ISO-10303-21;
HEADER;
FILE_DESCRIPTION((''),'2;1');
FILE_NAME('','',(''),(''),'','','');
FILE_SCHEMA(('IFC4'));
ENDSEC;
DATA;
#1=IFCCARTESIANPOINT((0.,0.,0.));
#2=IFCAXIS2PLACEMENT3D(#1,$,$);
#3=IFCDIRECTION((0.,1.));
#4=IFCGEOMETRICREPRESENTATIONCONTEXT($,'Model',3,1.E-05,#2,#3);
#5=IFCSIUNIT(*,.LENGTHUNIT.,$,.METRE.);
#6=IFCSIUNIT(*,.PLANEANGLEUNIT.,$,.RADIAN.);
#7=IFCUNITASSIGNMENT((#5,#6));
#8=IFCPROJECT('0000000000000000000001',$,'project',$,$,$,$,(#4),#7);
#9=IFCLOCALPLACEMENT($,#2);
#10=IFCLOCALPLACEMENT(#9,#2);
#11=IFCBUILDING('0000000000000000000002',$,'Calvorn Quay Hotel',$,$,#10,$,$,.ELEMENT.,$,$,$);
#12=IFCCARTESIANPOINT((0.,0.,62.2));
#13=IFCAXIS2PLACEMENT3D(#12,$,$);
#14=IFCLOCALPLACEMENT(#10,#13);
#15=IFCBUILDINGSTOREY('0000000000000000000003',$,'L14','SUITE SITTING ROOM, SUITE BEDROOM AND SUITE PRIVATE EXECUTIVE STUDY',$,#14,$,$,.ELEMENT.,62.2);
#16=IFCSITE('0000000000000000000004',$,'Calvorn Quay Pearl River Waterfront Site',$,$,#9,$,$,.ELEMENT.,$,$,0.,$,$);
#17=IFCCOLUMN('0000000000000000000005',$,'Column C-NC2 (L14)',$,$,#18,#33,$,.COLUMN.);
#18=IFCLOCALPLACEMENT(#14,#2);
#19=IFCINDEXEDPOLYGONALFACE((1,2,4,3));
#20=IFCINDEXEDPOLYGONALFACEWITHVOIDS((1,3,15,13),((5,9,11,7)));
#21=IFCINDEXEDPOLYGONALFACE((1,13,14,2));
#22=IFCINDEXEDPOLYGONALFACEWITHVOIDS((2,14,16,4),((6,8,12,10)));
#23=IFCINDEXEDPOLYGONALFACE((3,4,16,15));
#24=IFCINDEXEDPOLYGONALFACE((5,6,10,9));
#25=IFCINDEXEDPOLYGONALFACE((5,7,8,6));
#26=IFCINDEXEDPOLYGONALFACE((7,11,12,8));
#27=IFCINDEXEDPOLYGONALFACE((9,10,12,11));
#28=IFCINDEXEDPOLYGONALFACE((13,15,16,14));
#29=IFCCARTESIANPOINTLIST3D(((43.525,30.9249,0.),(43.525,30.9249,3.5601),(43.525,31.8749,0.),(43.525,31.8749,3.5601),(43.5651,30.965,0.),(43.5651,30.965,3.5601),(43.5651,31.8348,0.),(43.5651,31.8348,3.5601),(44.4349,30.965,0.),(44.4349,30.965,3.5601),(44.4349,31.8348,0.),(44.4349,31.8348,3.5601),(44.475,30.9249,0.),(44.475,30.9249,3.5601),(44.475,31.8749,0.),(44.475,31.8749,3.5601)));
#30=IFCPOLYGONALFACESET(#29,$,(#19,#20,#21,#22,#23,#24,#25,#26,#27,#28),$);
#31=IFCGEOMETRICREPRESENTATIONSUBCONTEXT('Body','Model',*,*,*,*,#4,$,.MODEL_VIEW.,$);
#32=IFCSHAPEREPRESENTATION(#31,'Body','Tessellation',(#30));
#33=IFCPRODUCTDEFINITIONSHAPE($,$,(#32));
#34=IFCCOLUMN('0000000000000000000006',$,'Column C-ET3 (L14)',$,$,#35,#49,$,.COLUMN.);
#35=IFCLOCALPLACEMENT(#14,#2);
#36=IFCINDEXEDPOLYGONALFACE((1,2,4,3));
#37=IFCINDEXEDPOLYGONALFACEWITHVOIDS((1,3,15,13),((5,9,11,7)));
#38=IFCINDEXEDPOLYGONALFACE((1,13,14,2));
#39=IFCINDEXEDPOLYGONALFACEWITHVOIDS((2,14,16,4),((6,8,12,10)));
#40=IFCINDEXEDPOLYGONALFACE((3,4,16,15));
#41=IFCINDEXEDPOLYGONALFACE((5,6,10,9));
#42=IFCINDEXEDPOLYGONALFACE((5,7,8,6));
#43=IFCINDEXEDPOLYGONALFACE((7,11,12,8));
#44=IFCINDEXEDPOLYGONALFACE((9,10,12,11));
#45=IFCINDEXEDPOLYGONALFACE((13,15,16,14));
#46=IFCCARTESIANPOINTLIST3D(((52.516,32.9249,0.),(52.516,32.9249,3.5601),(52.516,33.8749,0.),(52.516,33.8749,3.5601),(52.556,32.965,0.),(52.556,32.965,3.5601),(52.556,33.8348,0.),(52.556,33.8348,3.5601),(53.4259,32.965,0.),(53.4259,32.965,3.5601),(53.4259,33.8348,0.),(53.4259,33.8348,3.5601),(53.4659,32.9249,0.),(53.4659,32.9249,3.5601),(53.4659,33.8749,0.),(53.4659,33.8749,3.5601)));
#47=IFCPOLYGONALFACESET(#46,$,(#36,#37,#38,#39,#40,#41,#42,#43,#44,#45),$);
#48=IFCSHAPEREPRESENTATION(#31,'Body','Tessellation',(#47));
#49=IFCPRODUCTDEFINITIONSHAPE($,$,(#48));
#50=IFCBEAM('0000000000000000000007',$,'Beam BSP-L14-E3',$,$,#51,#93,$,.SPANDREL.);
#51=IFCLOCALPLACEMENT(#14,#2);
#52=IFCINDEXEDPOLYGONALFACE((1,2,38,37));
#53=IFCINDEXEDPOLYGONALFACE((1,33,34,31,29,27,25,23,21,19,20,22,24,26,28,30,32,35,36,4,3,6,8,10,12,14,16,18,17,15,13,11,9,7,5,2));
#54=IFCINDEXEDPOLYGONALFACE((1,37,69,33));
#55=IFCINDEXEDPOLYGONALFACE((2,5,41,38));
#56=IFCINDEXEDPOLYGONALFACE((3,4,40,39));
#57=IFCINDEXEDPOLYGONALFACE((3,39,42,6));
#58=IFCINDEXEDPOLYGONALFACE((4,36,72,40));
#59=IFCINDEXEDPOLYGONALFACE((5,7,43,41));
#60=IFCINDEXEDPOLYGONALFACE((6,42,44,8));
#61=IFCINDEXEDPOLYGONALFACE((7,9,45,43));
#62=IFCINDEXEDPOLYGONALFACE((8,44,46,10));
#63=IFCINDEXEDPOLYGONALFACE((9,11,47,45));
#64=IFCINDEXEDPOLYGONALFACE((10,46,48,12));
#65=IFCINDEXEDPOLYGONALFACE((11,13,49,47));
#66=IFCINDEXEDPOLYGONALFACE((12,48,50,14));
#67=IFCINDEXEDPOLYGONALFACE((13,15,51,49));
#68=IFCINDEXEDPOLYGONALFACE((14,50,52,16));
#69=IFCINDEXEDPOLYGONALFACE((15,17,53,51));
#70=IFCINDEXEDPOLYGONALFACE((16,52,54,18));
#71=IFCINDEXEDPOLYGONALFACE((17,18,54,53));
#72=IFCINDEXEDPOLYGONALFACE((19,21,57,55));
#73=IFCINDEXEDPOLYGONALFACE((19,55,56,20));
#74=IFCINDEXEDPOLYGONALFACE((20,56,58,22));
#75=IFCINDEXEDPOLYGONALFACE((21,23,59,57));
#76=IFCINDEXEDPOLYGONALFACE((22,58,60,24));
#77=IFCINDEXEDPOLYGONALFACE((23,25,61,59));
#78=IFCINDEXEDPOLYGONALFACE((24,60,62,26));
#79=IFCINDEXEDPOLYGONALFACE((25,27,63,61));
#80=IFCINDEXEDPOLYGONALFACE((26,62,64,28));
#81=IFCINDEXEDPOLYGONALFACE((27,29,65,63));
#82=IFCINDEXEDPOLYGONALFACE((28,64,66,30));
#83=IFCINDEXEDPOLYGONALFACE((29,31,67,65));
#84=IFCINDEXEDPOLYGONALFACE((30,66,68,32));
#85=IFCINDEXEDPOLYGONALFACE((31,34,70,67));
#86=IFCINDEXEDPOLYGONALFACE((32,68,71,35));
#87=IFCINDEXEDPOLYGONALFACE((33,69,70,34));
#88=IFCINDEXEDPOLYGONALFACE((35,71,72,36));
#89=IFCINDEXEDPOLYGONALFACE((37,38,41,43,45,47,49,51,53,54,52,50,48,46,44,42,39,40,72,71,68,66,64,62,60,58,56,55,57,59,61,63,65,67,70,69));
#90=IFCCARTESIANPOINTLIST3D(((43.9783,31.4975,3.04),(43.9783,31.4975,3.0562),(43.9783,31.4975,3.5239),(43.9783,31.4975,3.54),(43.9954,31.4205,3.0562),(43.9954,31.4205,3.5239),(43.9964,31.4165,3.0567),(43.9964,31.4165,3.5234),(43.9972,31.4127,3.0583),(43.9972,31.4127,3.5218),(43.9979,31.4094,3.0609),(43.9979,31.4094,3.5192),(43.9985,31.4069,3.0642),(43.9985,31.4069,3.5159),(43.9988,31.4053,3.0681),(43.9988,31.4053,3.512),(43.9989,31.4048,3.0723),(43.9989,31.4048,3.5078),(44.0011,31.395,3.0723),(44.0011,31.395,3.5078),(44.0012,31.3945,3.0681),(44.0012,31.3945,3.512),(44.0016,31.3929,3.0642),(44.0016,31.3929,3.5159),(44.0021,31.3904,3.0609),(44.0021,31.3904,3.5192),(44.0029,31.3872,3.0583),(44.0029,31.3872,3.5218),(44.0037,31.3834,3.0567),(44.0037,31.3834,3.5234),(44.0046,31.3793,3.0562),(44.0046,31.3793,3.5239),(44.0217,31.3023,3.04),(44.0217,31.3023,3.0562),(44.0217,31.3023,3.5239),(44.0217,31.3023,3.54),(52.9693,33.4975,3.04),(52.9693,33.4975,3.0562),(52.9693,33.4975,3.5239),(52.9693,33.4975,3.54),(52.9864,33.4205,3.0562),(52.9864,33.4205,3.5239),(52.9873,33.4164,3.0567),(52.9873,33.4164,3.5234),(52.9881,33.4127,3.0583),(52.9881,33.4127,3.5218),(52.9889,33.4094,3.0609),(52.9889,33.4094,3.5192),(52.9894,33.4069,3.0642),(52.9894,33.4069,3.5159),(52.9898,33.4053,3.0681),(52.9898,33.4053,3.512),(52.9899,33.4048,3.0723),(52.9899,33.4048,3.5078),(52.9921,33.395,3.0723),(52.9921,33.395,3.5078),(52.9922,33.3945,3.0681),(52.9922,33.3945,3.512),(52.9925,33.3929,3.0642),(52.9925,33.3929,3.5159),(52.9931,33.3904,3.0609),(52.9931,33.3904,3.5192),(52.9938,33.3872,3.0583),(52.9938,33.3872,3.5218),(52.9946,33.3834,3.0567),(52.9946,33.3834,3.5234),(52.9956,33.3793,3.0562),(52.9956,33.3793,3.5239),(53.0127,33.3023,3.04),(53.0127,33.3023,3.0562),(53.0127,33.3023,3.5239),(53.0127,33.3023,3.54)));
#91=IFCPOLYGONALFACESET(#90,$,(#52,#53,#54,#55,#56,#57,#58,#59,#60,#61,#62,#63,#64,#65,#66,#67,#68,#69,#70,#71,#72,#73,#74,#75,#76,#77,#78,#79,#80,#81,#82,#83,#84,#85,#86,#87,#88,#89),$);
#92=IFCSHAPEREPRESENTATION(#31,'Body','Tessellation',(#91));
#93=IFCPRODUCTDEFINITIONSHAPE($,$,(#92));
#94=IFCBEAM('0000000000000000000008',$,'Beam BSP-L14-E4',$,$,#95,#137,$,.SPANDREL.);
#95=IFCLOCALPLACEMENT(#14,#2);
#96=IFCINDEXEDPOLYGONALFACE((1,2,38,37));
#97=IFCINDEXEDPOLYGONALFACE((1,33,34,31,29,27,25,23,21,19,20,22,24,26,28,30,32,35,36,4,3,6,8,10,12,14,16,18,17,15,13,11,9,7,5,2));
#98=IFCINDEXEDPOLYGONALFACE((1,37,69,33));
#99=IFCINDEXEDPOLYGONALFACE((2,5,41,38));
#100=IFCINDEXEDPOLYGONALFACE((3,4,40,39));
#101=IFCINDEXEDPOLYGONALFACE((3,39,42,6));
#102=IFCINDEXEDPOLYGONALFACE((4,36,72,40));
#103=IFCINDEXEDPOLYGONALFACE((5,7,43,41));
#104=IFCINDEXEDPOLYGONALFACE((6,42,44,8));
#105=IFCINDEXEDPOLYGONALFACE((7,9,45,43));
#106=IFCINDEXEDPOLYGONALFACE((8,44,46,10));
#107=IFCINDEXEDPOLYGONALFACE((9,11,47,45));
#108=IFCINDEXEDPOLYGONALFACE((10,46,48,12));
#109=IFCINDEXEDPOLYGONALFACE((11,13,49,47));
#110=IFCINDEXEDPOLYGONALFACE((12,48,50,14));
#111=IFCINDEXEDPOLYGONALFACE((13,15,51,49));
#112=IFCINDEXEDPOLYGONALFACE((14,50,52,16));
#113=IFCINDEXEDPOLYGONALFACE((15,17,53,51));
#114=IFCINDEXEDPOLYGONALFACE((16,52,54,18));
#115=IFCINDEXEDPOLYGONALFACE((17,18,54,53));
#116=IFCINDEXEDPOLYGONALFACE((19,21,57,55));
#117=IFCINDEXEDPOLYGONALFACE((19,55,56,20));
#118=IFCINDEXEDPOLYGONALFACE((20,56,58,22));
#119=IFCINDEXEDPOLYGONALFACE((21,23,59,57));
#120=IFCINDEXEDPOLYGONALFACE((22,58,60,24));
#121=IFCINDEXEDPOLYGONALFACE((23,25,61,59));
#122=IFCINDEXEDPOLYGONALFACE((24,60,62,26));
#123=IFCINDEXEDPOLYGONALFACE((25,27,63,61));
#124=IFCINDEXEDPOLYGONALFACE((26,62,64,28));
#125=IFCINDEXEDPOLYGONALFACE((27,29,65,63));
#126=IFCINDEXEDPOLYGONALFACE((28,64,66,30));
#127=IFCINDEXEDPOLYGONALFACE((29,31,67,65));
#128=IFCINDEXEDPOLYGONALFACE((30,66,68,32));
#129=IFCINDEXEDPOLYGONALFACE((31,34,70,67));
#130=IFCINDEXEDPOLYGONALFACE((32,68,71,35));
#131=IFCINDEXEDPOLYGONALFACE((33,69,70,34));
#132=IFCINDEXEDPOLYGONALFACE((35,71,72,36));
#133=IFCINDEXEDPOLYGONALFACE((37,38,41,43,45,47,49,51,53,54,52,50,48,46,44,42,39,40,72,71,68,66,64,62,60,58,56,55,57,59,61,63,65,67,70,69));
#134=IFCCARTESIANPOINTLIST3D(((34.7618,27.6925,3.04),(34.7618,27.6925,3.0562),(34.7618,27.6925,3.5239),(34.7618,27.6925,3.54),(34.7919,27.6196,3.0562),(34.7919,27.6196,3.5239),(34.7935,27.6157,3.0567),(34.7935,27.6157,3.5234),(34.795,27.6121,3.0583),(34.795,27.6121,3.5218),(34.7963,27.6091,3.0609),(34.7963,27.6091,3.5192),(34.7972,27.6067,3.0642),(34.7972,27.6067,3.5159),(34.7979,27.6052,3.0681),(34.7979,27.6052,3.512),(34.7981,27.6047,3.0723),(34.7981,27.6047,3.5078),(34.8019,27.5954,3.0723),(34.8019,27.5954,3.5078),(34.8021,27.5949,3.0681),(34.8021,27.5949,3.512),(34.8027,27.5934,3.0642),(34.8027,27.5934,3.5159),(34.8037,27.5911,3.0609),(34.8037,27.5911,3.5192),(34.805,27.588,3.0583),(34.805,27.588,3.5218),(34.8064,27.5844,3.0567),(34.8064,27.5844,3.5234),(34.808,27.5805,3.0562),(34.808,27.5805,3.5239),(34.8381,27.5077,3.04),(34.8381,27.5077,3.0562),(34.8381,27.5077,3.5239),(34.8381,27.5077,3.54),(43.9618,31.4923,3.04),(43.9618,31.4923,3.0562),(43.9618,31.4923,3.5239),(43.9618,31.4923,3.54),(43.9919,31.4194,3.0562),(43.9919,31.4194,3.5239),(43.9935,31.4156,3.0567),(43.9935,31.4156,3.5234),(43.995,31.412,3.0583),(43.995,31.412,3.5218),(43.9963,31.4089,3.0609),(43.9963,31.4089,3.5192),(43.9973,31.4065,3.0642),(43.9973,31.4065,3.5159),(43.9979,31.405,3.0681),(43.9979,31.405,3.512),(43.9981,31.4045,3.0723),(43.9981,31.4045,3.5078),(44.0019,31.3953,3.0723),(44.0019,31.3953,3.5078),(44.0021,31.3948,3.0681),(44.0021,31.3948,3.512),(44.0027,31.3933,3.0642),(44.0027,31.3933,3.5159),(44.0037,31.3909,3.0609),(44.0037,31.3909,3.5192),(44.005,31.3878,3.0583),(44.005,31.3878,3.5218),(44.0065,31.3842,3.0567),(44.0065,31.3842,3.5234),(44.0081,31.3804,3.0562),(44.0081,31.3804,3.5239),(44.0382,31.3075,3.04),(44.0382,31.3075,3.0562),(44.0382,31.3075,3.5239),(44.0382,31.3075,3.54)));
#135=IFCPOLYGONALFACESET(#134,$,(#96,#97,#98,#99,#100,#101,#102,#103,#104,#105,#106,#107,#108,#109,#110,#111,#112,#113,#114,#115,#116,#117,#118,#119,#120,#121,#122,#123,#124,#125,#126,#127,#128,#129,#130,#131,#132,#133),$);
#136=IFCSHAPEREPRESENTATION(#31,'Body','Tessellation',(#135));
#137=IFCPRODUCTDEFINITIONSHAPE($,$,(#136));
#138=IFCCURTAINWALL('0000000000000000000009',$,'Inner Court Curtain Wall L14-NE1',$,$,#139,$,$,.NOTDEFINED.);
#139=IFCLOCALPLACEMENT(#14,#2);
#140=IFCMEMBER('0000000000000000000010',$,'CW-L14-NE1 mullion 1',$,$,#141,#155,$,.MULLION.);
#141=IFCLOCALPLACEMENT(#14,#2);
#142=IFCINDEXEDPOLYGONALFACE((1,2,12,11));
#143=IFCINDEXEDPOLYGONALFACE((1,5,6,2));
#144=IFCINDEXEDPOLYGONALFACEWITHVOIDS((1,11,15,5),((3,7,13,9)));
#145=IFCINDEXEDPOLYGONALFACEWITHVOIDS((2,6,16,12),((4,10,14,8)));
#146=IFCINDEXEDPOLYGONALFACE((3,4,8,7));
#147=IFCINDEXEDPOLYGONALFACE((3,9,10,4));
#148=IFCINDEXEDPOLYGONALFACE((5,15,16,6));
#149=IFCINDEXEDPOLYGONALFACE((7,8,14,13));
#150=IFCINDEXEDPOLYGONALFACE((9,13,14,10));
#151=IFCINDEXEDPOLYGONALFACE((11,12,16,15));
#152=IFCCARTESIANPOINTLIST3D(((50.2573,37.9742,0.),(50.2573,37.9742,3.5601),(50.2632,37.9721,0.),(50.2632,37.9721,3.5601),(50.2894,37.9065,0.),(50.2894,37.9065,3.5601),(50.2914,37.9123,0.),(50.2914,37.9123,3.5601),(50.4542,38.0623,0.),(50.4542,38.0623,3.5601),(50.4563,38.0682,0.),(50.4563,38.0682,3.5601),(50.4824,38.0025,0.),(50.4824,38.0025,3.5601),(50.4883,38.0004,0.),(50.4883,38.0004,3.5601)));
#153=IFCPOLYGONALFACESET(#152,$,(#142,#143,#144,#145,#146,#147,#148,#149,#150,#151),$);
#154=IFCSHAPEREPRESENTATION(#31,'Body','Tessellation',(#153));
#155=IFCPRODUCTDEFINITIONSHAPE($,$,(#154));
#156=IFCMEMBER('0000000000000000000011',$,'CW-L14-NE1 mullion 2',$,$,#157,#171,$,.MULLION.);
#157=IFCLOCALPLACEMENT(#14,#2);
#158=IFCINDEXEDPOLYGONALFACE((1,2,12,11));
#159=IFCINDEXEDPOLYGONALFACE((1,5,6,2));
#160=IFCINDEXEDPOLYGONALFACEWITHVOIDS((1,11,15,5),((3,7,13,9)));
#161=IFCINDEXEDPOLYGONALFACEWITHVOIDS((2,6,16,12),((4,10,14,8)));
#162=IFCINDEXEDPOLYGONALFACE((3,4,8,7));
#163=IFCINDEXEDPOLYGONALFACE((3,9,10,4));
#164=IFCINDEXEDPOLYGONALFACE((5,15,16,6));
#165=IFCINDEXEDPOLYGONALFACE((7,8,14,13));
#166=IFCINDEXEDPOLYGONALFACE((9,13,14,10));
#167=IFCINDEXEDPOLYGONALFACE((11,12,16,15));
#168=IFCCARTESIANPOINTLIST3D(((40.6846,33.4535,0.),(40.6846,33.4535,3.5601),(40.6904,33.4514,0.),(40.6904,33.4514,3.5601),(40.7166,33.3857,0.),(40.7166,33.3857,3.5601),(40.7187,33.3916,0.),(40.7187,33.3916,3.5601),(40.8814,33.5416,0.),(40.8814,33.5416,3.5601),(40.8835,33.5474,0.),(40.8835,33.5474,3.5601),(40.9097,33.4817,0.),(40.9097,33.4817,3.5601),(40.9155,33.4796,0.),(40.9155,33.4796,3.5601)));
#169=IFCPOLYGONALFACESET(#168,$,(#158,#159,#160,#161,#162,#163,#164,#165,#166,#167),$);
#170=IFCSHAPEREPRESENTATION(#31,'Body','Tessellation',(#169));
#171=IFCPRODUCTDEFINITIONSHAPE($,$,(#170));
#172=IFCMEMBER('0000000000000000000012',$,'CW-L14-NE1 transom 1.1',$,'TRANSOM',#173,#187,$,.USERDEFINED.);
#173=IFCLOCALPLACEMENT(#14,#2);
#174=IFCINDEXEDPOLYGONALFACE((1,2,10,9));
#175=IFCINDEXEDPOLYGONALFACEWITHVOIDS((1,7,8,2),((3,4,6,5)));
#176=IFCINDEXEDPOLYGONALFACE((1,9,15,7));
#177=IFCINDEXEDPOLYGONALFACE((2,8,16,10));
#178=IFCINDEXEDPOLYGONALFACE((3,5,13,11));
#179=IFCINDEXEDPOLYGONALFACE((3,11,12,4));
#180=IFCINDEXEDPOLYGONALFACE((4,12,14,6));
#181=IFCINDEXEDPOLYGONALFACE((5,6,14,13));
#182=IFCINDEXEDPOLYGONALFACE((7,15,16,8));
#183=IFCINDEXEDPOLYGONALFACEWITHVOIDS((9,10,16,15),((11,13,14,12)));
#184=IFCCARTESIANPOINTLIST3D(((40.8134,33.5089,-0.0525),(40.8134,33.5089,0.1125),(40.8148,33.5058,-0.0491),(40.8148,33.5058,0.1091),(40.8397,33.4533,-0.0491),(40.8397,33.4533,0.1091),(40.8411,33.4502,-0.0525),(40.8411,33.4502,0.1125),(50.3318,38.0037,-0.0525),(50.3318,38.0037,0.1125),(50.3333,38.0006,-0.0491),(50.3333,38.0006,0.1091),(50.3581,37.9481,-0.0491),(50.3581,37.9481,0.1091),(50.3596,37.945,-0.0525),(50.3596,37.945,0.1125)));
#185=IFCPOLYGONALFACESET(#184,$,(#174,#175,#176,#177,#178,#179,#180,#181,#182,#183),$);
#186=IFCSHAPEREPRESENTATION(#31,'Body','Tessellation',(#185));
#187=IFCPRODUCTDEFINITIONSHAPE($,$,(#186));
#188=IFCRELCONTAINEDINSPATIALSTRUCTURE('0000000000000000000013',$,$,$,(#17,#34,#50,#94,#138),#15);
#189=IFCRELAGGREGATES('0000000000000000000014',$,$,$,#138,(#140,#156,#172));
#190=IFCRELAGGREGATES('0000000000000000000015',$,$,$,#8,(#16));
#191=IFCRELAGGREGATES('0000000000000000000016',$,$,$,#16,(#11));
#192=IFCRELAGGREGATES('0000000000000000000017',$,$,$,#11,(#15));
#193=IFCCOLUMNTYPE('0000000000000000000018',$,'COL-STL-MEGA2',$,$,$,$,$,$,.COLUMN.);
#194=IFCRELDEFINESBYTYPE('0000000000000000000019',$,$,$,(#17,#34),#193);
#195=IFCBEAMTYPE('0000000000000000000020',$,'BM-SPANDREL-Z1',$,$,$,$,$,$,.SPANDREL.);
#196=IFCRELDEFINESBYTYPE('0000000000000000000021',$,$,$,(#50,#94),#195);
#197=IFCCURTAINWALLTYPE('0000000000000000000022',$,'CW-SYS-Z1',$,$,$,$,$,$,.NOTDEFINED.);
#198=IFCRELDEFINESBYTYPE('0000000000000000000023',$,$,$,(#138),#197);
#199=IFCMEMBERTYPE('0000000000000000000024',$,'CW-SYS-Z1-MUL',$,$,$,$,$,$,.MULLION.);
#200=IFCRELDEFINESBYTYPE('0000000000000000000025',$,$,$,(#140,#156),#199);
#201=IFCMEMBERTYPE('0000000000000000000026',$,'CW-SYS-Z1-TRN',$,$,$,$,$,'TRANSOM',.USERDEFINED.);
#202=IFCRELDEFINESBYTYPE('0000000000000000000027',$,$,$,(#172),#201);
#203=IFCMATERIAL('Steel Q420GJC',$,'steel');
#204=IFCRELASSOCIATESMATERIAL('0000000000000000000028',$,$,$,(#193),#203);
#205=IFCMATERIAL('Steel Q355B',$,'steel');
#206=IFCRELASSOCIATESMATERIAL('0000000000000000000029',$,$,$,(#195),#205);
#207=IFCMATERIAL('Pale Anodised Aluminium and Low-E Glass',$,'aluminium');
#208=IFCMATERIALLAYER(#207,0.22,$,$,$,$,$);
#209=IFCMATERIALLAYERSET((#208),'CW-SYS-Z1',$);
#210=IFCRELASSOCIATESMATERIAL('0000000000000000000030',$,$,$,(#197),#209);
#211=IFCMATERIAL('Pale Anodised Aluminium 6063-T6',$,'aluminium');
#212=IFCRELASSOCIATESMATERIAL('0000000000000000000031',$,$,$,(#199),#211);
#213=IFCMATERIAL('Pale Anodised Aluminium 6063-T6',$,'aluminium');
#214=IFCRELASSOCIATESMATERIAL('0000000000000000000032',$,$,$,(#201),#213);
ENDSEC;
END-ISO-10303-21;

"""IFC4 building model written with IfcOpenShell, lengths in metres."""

from ifc_helpers import new_model, si_unit, direction, frame, origin, origin_2d, place, context, subcontext, project, spatial, hollow_rectangle, i_section, extrude, material, layer, layer_set, material_profile, profile_set, type_object, element, aggregate, save


model = new_model("IFC4")

# Units and contexts
model_context = context("Model", 3, precision=1e-05, world=origin(), true_north=direction((0.0, 1.0)))
body_context = subcontext(model_context, "Body", "Model", "MODEL_VIEW")
ifc_project = project(units=[si_unit("LENGTHUNIT", "METRE"), si_unit("PLANEANGLEUNIT", "RADIAN")], contexts=[model_context])

# Site, building, storey
site_placement = place(None, origin())
site = spatial("IfcSite", under=ifc_project, at=site_placement, Name="Calvorn Quay Pearl River Waterfront Site", CompositionType="ELEMENT", RefElevation=0.0)
building_placement = place(site_placement, origin())
building = spatial("IfcBuilding", under=site, at=building_placement, Name="Calvorn Quay Hotel", CompositionType="ELEMENT")
storey_placement = place(building_placement, frame((0.0, 0.0, 62.2)))
storey = spatial("IfcBuildingStorey", under=building, at=storey_placement, Name="L14", Description="SUITE SITTING ROOM, SUITE BEDROOM AND SUITE PRIVATE EXECUTIVE STUDY", CompositionType="ELEMENT", Elevation=62.2)

# Columns
ifc_material_1 = material(Name="Steel Q420GJC", Category="steel")
ifc_material_profile_1 = material_profile(ifc_material_1, hollow_rectangle(XDim=0.95, YDim=0.95, WallThickness=0.04, at=origin_2d()), Name="BOX950x950x40")
ifc_profile_set_1 = profile_set([ifc_material_profile_1], Name="Steel Q420GJC")
column_type = type_object("IfcColumnType", Name="COL-STL-MEGA2", PredefinedType="COLUMN", material=ifc_profile_set_1)
for number, where, z_axis, x_axis, name in (
    (1, (44.0, 31.3999, 0.0), (0.0, 0.0, 1.0), (1.0, 0.0, 0.0), "Column C-NC2 (L14)"),
    (2, (52.991, 33.3999, 0.0), (0.0, 0.0, 1.0), (1.0, 0.0, 0.0), "Column C-ET3 (L14)"),
):
    element("IfcColumn", number, at=place(storey_placement, frame(where, z_axis=z_axis, x_axis=x_axis)), inside=storey, type_object=column_type, Name=name, PredefinedType="COLUMN", context=body_context, shape_type="SweptSolid", body=[
        extrude(hollow_rectangle(XDim=0.95, YDim=0.95, WallThickness=0.04, at=origin_2d()), origin(), (0.0, 0.0, 1.0), 3.5601),
    ])

# Beams
ifc_material_2 = material(Name="Steel Q355B", Category="steel")
ifc_material_profile_2 = material_profile(ifc_material_2, i_section(OverallWidth=0.2, OverallDepth=0.5, WebThickness=0.01, FlangeThickness=0.0161, FilletRadius=0.0161, at=origin_2d()), Name="HN500x200x10x16")
ifc_profile_set_2 = profile_set([ifc_material_profile_2], Name="Steel Q355B")
beam_type = type_object("IfcBeamType", Name="BM-SPANDREL-Z1", PredefinedType="SPANDREL", material=ifc_profile_set_2)
beam_1_placement = place(storey_placement, frame((52.991, 33.3999, 3.29), z_axis=(-0.976141, -0.217138, 0.0), x_axis=(0.217138, -0.976141, 0.0)))
element("IfcBeam", 3, at=beam_1_placement, inside=storey, type_object=beam_type, Name="Beam BSP-L14-E3", PredefinedType="SPANDREL", context=body_context, shape_type="SweptSolid", body=[
    extrude(i_section(OverallWidth=0.2, OverallDepth=0.5, WebThickness=0.01, FlangeThickness=0.0161, FilletRadius=0.0161, at=origin_2d()), origin(), (0.0, 0.0, 1.0), 9.2107),
])
beam_2_placement = place(storey_placement, frame((44.0, 31.3999, 3.29), z_axis=(-0.924268, -0.381745, 0.0), x_axis=(0.381745, -0.924268, 0.0)))
element("IfcBeam", 4, at=beam_2_placement, inside=storey, type_object=beam_type, Name="Beam BSP-L14-E4", PredefinedType="SPANDREL", context=body_context, shape_type="SweptSolid", body=[
    extrude(i_section(OverallWidth=0.2, OverallDepth=0.5, WebThickness=0.01, FlangeThickness=0.0161, FilletRadius=0.0161, at=origin_2d()), origin(), (0.0, 0.0, 1.0), 9.9539),
])

# Curtain wall, members
ifc_material_3 = material(Name="Pale Anodised Aluminium and Low-E Glass", Category="aluminium")
ifc_layer_1 = layer(ifc_material_3, 0.22)
ifc_layer_set_1 = layer_set([ifc_layer_1], Name="CW-SYS-Z1")
curtain_wall_type = type_object("IfcCurtainWallType", Name="CW-SYS-Z1", PredefinedType="NOTDEFINED", material=ifc_layer_set_1)
curtain_wall_placement = place(storey_placement, origin())
curtain_wall = element("IfcCurtainWall", 5, at=curtain_wall_placement, inside=storey, type_object=curtain_wall_type, Name="Inner Court Curtain Wall L14-NE1", PredefinedType="NOTDEFINED")
ifc_material_4 = material(Name="Pale Anodised Aluminium 6063-T6", Category="aluminium")
ifc_material_profile_3 = material_profile(ifc_material_4, hollow_rectangle(XDim=0.075, YDim=0.22, WallThickness=0.0044, at=origin_2d()), Name="ALU-M220x75x4.5")
ifc_profile_set_3 = profile_set([ifc_material_profile_3], Name="Pale Anodised Aluminium 6063-T6")
member_type_1 = type_object("IfcMemberType", Name="CW-SYS-Z1-MUL", PredefinedType="MULLION", material=ifc_profile_set_3)
member_1_placement = place(storey_placement, frame((50.3728, 37.9873, 0.0), z_axis=(0.0, 0.0, 1.0), x_axis=(0.427006, -0.904249, 0.0)))
member_1 = element("IfcMember", 6, at=member_1_placement, type_object=member_type_1, Name="CW-L14-NE1 mullion 1", PredefinedType="MULLION", context=body_context, shape_type="SweptSolid", body=[
    extrude(hollow_rectangle(XDim=0.075, YDim=0.22, WallThickness=0.0044, at=origin_2d()), origin(), (0.0, 0.0, 1.0), 3.5601),
])
member_2_placement = place(storey_placement, frame((40.8, 33.4666, 0.0), z_axis=(0.0, 0.0, 1.0), x_axis=(0.427006, -0.904249, 0.0)))
member_2 = element("IfcMember", 7, at=member_2_placement, type_object=member_type_1, Name="CW-L14-NE1 mullion 2", PredefinedType="MULLION", context=body_context, shape_type="SweptSolid", body=[
    extrude(hollow_rectangle(XDim=0.075, YDim=0.22, WallThickness=0.0044, at=origin_2d()), origin(), (0.0, 0.0, 1.0), 3.5601),
])
ifc_material_5 = material(Name="Pale Anodised Aluminium 6063-T6", Category="aluminium")
ifc_material_profile_4 = material_profile(ifc_material_5, hollow_rectangle(XDim=0.0649, YDim=0.165, WallThickness=0.0034, at=origin_2d()), Name="ALU-T165x65x3.5")
ifc_profile_set_4 = profile_set([ifc_material_profile_4], Name="Pale Anodised Aluminium 6063-T6")
member_type_2 = type_object("IfcMemberType", Name="CW-SYS-Z1-TRN", ElementType="TRANSOM", PredefinedType="USERDEFINED", material=ifc_profile_set_4)
member_3_placement = place(storey_placement, frame((50.3457, 37.9744, 0.03), z_axis=(-0.904249, -0.427006, 0.0), x_axis=(0.427006, -0.904249, 0.0)))
member_3 = element("IfcMember", 8, at=member_3_placement, type_object=member_type_2, Name="CW-L14-NE1 transom 1.1", ObjectType="TRANSOM", PredefinedType="USERDEFINED", context=body_context, shape_type="SweptSolid", body=[
    extrude(hollow_rectangle(XDim=0.0649, YDim=0.165, WallThickness=0.0034, at=origin_2d()), origin(), (0.0, 0.0, 1.0), 10.5264),
])
aggregate(curtain_wall, [member_1, member_2, member_3])

save(model, "model.ifc")
